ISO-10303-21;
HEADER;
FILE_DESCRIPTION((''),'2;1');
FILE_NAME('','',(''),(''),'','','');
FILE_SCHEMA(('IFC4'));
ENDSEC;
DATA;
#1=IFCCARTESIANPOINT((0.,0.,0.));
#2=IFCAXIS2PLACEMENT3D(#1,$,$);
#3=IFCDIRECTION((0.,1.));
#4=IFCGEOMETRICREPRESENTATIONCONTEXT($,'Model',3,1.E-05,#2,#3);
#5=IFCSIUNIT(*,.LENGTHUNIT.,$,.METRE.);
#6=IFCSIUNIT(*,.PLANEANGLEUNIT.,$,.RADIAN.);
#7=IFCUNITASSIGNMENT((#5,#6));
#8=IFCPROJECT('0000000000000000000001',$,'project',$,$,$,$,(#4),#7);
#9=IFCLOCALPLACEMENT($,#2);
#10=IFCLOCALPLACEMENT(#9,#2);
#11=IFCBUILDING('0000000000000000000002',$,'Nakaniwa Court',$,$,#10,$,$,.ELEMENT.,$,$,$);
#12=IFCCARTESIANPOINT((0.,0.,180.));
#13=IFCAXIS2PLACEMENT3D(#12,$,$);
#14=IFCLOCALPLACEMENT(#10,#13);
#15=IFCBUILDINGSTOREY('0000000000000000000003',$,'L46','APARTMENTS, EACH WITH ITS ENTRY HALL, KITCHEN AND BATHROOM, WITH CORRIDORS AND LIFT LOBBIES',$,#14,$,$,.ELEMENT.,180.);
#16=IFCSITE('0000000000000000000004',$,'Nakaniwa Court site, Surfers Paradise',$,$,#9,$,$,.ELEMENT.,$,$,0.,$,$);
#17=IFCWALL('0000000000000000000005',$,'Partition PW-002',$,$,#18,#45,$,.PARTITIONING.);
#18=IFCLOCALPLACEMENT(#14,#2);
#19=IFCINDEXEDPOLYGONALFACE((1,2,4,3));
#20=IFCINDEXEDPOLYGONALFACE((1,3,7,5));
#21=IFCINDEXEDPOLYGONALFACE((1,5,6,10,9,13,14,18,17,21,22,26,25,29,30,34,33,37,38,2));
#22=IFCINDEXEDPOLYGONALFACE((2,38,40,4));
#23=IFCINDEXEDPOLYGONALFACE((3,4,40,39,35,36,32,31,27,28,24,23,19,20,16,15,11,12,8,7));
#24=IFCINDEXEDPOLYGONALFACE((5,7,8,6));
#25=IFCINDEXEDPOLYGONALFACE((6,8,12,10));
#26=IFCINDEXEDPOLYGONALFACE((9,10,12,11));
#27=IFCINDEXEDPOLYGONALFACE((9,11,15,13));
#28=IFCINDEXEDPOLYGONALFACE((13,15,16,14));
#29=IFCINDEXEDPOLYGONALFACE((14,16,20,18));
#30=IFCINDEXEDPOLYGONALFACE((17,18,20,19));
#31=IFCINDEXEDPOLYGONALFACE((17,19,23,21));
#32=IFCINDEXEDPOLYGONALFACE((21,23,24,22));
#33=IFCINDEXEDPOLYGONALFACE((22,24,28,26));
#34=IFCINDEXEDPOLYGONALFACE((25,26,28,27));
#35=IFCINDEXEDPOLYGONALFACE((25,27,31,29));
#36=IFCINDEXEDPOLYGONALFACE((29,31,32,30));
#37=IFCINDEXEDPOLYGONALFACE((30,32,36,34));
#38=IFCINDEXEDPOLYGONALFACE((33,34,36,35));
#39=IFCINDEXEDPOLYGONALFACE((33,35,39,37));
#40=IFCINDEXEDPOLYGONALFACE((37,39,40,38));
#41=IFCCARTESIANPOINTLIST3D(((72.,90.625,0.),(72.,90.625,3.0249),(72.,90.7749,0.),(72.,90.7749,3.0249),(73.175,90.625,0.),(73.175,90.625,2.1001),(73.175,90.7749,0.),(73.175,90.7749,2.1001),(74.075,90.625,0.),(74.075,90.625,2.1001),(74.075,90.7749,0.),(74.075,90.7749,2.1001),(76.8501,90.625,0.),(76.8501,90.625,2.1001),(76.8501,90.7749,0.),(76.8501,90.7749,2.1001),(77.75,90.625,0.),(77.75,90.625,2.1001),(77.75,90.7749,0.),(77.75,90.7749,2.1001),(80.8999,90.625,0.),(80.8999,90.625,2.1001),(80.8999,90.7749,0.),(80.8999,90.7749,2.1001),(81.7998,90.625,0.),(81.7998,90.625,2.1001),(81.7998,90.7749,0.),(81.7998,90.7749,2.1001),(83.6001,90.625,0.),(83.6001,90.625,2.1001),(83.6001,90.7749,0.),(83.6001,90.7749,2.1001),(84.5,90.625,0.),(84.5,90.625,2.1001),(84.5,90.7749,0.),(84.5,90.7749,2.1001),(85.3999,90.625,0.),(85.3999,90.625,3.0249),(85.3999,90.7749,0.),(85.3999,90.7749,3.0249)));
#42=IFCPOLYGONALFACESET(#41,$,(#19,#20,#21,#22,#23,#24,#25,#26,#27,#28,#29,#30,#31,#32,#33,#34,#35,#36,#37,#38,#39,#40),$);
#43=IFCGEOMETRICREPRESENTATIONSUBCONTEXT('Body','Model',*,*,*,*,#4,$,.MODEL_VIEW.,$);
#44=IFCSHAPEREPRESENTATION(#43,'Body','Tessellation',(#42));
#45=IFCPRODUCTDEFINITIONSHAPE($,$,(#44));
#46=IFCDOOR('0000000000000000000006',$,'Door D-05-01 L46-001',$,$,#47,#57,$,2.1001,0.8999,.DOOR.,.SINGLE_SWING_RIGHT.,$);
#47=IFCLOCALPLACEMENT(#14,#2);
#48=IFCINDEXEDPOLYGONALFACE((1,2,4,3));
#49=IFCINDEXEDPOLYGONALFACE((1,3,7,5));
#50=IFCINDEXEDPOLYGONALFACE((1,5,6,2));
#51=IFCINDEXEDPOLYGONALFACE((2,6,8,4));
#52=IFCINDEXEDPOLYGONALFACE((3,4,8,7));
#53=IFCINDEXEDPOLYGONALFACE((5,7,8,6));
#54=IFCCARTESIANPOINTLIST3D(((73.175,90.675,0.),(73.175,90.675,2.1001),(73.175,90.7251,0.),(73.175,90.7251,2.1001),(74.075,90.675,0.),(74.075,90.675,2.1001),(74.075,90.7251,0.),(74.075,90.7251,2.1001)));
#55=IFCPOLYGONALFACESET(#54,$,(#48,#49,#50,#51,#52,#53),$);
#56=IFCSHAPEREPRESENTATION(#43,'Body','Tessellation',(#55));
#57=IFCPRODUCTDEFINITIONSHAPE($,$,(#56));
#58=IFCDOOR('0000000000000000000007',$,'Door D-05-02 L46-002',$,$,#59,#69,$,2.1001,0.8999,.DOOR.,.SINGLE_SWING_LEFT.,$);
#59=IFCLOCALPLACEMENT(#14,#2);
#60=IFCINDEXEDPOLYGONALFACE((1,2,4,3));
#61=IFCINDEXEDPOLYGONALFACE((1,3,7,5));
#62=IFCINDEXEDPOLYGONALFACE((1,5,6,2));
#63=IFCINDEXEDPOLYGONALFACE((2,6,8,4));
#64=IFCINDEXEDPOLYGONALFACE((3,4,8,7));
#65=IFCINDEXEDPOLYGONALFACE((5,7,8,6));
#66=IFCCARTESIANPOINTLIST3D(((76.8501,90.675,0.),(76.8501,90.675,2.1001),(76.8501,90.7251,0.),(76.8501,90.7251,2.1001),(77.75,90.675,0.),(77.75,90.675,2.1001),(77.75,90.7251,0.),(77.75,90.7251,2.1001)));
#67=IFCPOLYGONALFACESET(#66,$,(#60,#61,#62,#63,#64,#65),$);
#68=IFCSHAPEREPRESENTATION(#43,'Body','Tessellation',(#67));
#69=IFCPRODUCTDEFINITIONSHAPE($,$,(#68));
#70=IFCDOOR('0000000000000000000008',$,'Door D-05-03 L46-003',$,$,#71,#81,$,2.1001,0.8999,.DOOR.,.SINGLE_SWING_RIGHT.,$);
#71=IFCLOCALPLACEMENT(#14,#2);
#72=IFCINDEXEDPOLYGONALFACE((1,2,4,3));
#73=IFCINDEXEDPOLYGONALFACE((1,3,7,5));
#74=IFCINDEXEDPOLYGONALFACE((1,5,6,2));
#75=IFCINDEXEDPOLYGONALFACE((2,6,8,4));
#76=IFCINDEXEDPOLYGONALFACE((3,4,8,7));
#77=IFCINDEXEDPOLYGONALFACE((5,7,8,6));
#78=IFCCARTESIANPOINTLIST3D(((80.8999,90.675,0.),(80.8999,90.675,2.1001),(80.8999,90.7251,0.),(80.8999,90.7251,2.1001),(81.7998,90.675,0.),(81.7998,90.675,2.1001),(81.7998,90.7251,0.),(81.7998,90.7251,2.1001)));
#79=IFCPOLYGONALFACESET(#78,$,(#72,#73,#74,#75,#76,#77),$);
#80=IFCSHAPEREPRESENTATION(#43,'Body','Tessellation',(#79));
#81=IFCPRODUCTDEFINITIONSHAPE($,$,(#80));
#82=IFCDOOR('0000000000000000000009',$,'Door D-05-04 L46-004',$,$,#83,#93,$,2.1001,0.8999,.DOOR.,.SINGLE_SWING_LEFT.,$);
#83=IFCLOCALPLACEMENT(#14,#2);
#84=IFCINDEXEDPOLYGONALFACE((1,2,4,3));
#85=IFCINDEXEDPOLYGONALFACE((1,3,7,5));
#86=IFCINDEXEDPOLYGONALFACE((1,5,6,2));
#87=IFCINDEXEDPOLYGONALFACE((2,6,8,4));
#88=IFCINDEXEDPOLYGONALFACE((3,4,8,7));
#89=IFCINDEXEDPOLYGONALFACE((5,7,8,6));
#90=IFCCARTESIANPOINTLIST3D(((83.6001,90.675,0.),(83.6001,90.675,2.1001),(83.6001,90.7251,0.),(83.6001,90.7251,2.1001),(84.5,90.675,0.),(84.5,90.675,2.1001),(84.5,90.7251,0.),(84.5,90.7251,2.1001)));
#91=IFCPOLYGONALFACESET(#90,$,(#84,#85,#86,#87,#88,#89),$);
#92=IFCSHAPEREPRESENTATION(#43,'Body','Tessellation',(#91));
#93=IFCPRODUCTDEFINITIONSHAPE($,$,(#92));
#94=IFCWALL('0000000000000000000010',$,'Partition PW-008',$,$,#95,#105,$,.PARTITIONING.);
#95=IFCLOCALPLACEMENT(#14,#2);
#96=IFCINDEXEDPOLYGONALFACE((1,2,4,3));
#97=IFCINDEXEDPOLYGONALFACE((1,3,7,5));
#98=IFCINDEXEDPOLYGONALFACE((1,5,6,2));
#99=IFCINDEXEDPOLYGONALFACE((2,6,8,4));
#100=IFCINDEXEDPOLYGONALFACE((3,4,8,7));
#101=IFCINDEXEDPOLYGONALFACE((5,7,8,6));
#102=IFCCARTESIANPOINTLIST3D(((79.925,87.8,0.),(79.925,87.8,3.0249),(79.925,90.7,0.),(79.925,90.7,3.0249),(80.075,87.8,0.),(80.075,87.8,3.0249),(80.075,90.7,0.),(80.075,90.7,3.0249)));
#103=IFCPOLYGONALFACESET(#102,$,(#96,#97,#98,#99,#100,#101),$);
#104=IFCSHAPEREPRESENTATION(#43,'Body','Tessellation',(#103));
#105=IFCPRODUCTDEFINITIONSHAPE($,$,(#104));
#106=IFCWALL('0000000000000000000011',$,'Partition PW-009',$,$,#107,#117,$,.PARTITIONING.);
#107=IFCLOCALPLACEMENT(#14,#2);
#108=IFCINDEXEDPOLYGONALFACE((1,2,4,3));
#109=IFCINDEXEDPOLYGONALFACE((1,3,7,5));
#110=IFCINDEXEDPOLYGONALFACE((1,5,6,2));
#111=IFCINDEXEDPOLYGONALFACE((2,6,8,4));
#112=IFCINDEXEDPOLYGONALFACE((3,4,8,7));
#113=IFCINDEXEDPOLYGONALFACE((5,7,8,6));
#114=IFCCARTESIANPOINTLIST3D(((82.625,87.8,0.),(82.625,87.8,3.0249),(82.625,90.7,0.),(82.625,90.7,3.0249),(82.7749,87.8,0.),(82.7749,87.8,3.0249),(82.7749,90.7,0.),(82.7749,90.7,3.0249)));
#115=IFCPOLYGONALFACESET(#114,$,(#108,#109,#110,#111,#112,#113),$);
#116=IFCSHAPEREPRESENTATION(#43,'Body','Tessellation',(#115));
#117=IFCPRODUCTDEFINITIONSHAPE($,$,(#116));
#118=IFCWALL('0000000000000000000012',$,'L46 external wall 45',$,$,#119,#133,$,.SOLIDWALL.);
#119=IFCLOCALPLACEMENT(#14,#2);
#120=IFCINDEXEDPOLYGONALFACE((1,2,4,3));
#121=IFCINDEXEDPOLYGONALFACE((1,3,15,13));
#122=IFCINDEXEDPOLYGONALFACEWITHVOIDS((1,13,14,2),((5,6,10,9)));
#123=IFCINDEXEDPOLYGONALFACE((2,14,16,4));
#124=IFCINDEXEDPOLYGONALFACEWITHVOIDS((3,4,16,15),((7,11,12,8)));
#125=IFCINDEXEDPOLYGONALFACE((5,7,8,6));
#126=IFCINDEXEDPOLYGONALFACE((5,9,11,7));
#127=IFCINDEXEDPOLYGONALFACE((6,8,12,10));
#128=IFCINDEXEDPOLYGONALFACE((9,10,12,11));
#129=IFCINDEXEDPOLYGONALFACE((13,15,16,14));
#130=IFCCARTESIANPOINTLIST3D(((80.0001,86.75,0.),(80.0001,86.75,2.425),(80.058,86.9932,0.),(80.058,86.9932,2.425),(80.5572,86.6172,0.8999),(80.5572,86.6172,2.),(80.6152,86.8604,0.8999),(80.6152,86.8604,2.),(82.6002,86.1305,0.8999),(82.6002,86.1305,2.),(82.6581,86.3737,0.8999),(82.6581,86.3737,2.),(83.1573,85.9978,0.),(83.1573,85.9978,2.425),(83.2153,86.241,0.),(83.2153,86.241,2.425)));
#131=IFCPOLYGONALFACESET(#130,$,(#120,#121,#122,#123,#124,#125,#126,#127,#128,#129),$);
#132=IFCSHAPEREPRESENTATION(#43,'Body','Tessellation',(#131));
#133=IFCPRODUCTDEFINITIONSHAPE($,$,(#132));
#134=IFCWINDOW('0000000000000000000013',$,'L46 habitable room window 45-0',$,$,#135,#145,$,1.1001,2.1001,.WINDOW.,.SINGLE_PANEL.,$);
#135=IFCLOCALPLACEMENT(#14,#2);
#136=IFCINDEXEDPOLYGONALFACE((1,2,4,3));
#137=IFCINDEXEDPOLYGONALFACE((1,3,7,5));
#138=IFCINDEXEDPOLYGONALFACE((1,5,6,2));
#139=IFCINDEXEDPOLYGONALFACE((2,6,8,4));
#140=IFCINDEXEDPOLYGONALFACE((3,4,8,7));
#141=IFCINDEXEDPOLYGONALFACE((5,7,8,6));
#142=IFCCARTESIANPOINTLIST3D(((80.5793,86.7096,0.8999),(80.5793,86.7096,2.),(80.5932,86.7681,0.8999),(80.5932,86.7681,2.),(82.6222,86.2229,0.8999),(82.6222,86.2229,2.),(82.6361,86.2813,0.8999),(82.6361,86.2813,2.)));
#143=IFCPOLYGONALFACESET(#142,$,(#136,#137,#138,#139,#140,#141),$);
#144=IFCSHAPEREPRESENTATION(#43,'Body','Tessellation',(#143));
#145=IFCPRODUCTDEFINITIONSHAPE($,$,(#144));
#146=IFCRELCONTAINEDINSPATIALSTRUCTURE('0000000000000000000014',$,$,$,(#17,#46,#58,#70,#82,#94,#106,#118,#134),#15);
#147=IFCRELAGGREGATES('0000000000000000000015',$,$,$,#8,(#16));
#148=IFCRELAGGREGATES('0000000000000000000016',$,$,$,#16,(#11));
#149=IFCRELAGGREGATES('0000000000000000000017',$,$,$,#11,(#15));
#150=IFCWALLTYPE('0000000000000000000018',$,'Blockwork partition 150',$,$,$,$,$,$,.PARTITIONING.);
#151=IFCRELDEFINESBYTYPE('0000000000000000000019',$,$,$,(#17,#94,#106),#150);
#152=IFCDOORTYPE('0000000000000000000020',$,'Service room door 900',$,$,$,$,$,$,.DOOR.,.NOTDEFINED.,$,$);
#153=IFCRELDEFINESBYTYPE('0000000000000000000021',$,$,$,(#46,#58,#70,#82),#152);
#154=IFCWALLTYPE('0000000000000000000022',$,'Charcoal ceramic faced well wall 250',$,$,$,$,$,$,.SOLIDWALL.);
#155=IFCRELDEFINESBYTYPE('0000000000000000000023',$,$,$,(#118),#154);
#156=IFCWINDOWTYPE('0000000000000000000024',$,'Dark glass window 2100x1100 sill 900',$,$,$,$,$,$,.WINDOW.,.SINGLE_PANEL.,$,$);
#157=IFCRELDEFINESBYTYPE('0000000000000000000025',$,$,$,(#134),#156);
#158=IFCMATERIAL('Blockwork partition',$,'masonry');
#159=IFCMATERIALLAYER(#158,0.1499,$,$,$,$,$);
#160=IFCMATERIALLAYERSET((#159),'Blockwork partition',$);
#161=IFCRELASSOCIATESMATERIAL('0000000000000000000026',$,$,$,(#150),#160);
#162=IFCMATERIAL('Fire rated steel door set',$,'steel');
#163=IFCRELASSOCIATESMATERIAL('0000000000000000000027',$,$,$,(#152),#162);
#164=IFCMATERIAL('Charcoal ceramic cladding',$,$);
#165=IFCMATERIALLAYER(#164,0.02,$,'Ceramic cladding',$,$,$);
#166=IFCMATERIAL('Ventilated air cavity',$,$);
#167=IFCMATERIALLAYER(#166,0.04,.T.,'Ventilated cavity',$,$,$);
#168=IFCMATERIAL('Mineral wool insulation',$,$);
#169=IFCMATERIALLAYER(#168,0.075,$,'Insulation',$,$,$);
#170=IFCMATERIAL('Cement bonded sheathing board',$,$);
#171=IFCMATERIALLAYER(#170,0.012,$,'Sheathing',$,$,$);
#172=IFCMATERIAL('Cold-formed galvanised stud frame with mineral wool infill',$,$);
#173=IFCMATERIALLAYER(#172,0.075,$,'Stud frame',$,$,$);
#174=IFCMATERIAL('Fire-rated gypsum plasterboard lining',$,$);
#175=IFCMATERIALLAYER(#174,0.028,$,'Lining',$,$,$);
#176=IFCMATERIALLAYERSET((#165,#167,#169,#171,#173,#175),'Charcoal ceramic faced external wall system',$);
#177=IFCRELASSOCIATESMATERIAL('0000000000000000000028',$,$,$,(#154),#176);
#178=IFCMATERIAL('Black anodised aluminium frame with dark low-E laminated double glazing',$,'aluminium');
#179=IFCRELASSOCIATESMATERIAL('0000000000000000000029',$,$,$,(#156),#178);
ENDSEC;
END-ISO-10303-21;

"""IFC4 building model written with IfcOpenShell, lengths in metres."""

from ifc_helpers import new_model, si_unit, direction, frame, frame_2d, origin, place, context, subcontext, project, spatial, rectangle, extrude, material, layer, layer_set, type_object, element, fill, save


model = new_model("IFC4")

# Units and contexts
model_context = context("Model", 3, precision=1e-05, world=origin(), true_north=direction((0.0, 1.0)))
body_context = subcontext(model_context, "Body", "Model", "MODEL_VIEW")
ifc_project = project(units=[si_unit("LENGTHUNIT", "METRE"), si_unit("PLANEANGLEUNIT", "RADIAN")], contexts=[model_context])

# Site, building, storey
site_placement = place(None, origin())
site = spatial("IfcSite", under=ifc_project, at=site_placement, Name="Nakaniwa Court site, Surfers Paradise", CompositionType="ELEMENT", RefElevation=0.0)
building_placement = place(site_placement, origin())
building = spatial("IfcBuilding", under=site, at=building_placement, Name="Nakaniwa Court", CompositionType="ELEMENT")
storey_placement = place(building_placement, frame((0.0, 0.0, 180.0)))
storey = spatial("IfcBuildingStorey", under=building, at=storey_placement, Name="L46", Description="APARTMENTS, EACH WITH ITS ENTRY HALL, KITCHEN AND BATHROOM, WITH CORRIDORS AND LIFT LOBBIES", CompositionType="ELEMENT", Elevation=180.0)

# Wall, openings, doors
ifc_material_1 = material(Name="Blockwork partition", Category="masonry")
ifc_layer_1 = layer(ifc_material_1, 0.1499)
ifc_layer_set_1 = layer_set([ifc_layer_1], Name="Blockwork partition")
wall_type_1 = type_object("IfcWallType", Name="Blockwork partition 150", PredefinedType="PARTITIONING", material=ifc_layer_set_1)
wall_1_placement = place(storey_placement, frame((85.3999, 90.7, 0.0), z_axis=(0.0, 0.0, 1.0), x_axis=(-1.0, 0.0, 0.0)))
wall_1 = element("IfcWall", 1, at=wall_1_placement, inside=storey, type_object=wall_type_1, Name="Partition PW-002", PredefinedType="PARTITIONING", context=body_context, shape_type="SweptSolid", body=[
    extrude(rectangle(XDim=13.3999, YDim=0.1499, at=frame_2d((6.7, 0.0))), origin(), (0.0, 0.0, 1.0), 3.0249),
])
opening_1_placement = place(wall_1_placement, frame((11.325, 0.0, 0.0)))
opening_1 = element("IfcOpeningElement", 2, at=opening_1_placement, cuts=wall_1, PredefinedType="OPENING", context=body_context, shape_type="SweptSolid", body=[
    extrude(rectangle(XDim=0.8999, YDim=2.1001, at=frame_2d((0.45, 1.05))), frame((0.0, 0.085, 0.0), z_axis=(0.0, -1.0, 0.0), x_axis=(1.0, 0.0, 0.0)), (0.0, 0.0, 1.0), 0.1699),
])
opening_2_placement = place(wall_1_placement, frame((7.6499, 0.0, 0.0)))
opening_2 = element("IfcOpeningElement", 3, at=opening_2_placement, cuts=wall_1, PredefinedType="OPENING", context=body_context, shape_type="SweptSolid", body=[
    extrude(rectangle(XDim=0.8999, YDim=2.1001, at=frame_2d((0.45, 1.05))), frame((0.0, 0.085, 0.0), z_axis=(0.0, -1.0, 0.0), x_axis=(1.0, 0.0, 0.0)), (0.0, 0.0, 1.0), 0.1699),
])
opening_3_placement = place(wall_1_placement, frame((3.6001, 0.0, 0.0)))
opening_3 = element("IfcOpeningElement", 4, at=opening_3_placement, cuts=wall_1, PredefinedType="OPENING", context=body_context, shape_type="SweptSolid", body=[
    extrude(rectangle(XDim=0.8999, YDim=2.1001, at=frame_2d((0.45, 1.05))), frame((0.0, 0.085, 0.0), z_axis=(0.0, -1.0, 0.0), x_axis=(1.0, 0.0, 0.0)), (0.0, 0.0, 1.0), 0.1699),
])
opening_4_placement = place(wall_1_placement, frame((0.8999, 0.0, 0.0)))
opening_4 = element("IfcOpeningElement", 5, at=opening_4_placement, cuts=wall_1, PredefinedType="OPENING", context=body_context, shape_type="SweptSolid", body=[
    extrude(rectangle(XDim=0.8999, YDim=2.1001, at=frame_2d((0.45, 1.05))), frame((0.0, 0.085, 0.0), z_axis=(0.0, -1.0, 0.0), x_axis=(1.0, 0.0, 0.0)), (0.0, 0.0, 1.0), 0.1699),
])
ifc_material_2 = material(Name="Fire rated steel door set", Category="steel")
door_type_1 = type_object("IfcDoorType", Name="Service room door 900", OperationType="NOTDEFINED", PredefinedType="DOOR", material=ifc_material_2)
door_1_placement = place(opening_1_placement, origin())
door_1 = element("IfcDoor", 6, at=door_1_placement, inside=storey, type_object=door_type_1, Name="Door D-05-01 L46-001", OperationType="SINGLE_SWING_RIGHT", OverallHeight=2.1001, OverallWidth=0.8999, PredefinedType="DOOR", context=body_context, shape_type="SweptSolid", body=[
    extrude(rectangle(XDim=0.8999, YDim=2.1001, at=frame_2d((0.45, 1.05))), frame((0.0, 0.0249, 0.0), z_axis=(0.0, -1.0, 0.0), x_axis=(1.0, 0.0, 0.0)), (0.0, 0.0, 1.0), 0.05),
])
fill(opening_1, door_1)
door_2_placement = place(opening_2_placement, origin())
door_2 = element("IfcDoor", 7, at=door_2_placement, inside=storey, type_object=door_type_1, Name="Door D-05-02 L46-002", OperationType="SINGLE_SWING_LEFT", OverallHeight=2.1001, OverallWidth=0.8999, PredefinedType="DOOR", context=body_context, shape_type="SweptSolid", body=[
    extrude(rectangle(XDim=0.8999, YDim=2.1001, at=frame_2d((0.45, 1.05))), frame((0.0, 0.0249, 0.0), z_axis=(0.0, -1.0, 0.0), x_axis=(1.0, 0.0, 0.0)), (0.0, 0.0, 1.0), 0.05),
])
fill(opening_2, door_2)
door_3_placement = place(opening_3_placement, origin())
door_3 = element("IfcDoor", 8, at=door_3_placement, inside=storey, type_object=door_type_1, Name="Door D-05-03 L46-003", OperationType="SINGLE_SWING_RIGHT", OverallHeight=2.1001, OverallWidth=0.8999, PredefinedType="DOOR", context=body_context, shape_type="SweptSolid", body=[
    extrude(rectangle(XDim=0.8999, YDim=2.1001, at=frame_2d((0.45, 1.05))), frame((0.0, 0.0249, 0.0), z_axis=(0.0, -1.0, 0.0), x_axis=(1.0, 0.0, 0.0)), (0.0, 0.0, 1.0), 0.05),
])
fill(opening_3, door_3)
door_4_placement = place(opening_4_placement, origin())
door_4 = element("IfcDoor", 9, at=door_4_placement, inside=storey, type_object=door_type_1, Name="Door D-05-04 L46-004", OperationType="SINGLE_SWING_LEFT", OverallHeight=2.1001, OverallWidth=0.8999, PredefinedType="DOOR", context=body_context, shape_type="SweptSolid", body=[
    extrude(rectangle(XDim=0.8999, YDim=2.1001, at=frame_2d((0.45, 1.05))), frame((0.0, 0.0249, 0.0), z_axis=(0.0, -1.0, 0.0), x_axis=(1.0, 0.0, 0.0)), (0.0, 0.0, 1.0), 0.05),
])
fill(opening_4, door_4)

# Walls
for number, where, z_axis, x_axis, name in (
    (10, (80.0, 87.8, 0.0), (0.0, 0.0, 1.0), (0.0, 1.0, 0.0), "Partition PW-008"),
    (11, (82.7, 87.8, 0.0), (0.0, 0.0, 1.0), (0.0, 1.0, 0.0), "Partition PW-009"),
):
    element("IfcWall", number, at=place(storey_placement, frame(where, z_axis=z_axis, x_axis=x_axis)), inside=storey, type_object=wall_type_1, Name=name, PredefinedType="PARTITIONING", context=body_context, shape_type="SweptSolid", body=[
        extrude(rectangle(XDim=2.8999, YDim=0.1499, at=frame_2d((1.45, 0.0))), origin(), (0.0, 0.0, 1.0), 3.0249),
    ])

# Wall, opening, window
ifc_material_3 = material(Name="Charcoal ceramic cladding")
ifc_layer_2 = layer(ifc_material_3, 0.02, Name="Ceramic cladding")
ifc_material_4 = material(Name="Ventilated air cavity")
ifc_layer_3 = layer(ifc_material_4, 0.04, ventilated=True, Name="Ventilated cavity")
ifc_material_5 = material(Name="Mineral wool insulation")
ifc_layer_4 = layer(ifc_material_5, 0.075, Name="Insulation")
ifc_material_6 = material(Name="Cement bonded sheathing board")
ifc_layer_5 = layer(ifc_material_6, 0.012, Name="Sheathing")
ifc_material_7 = material(Name="Cold-formed galvanised stud frame with mineral wool infill")
ifc_layer_6 = layer(ifc_material_7, 0.075, Name="Stud frame")
ifc_material_8 = material(Name="Fire-rated gypsum plasterboard lining")
ifc_layer_7 = layer(ifc_material_8, 0.028, Name="Lining")
ifc_layer_set_2 = layer_set([ifc_layer_2, ifc_layer_3, ifc_layer_4, ifc_layer_5, ifc_layer_6, ifc_layer_7], Name="Charcoal ceramic faced external wall system")
wall_type_2 = type_object("IfcWallType", Name="Charcoal ceramic faced well wall 250", PredefinedType="SOLIDWALL", material=ifc_layer_set_2)
wall_2_placement = place(storey_placement, frame((80.0291, 86.8716, 0.0), z_axis=(0.0, 0.0, 1.0), x_axis=(0.972773, -0.23176, 0.0)))
wall_2 = element("IfcWall", 12, at=wall_2_placement, inside=storey, type_object=wall_type_2, Name="L46 external wall 45", PredefinedType="SOLIDWALL", context=body_context, shape_type="SweptSolid", body=[
    extrude(rectangle(XDim=3.2456, YDim=0.25, at=frame_2d((1.6228, 0.0))), origin(), (0.0, 0.0, 1.0), 2.425),
])
opening_5_placement = place(wall_2_placement, frame((0.5728, 0.0, 0.8999)))
opening_5 = element("IfcOpeningElement", 13, at=opening_5_placement, cuts=wall_2, PredefinedType="OPENING", context=body_context, shape_type="SweptSolid", body=[
    extrude(rectangle(XDim=2.1001, YDim=1.1001, at=frame_2d((1.05, 0.55))), frame((0.0, 0.135, 0.0), z_axis=(0.0, -1.0, 0.0), x_axis=(1.0, 0.0, 0.0)), (0.0, 0.0, 1.0), 0.27),
])
ifc_material_9 = material(Name="Black anodised aluminium frame with dark low-E laminated double glazing", Category="aluminium")
window_type = type_object("IfcWindowType", Name="Dark glass window 2100x1100 sill 900", PartitioningType="SINGLE_PANEL", PredefinedType="WINDOW", material=ifc_material_9)
window_1_placement = place(opening_5_placement, origin())
window_1 = element("IfcWindow", 14, at=window_1_placement, inside=storey, type_object=window_type, Name="L46 habitable room window 45-0", OverallHeight=1.1001, OverallWidth=2.1001, PartitioningType="SINGLE_PANEL", PredefinedType="WINDOW", context=body_context, shape_type="SweptSolid", body=[
    extrude(rectangle(XDim=2.1001, YDim=1.1001, at=frame_2d((1.05, 0.55))), frame((0.0, 0.03, 0.0), z_axis=(0.0, -1.0, 0.0), x_axis=(1.0, 0.0, 0.0)), (0.0, 0.0, 1.0), 0.0601),
])
fill(opening_5, window_1)

save(model, "model.ifc")
